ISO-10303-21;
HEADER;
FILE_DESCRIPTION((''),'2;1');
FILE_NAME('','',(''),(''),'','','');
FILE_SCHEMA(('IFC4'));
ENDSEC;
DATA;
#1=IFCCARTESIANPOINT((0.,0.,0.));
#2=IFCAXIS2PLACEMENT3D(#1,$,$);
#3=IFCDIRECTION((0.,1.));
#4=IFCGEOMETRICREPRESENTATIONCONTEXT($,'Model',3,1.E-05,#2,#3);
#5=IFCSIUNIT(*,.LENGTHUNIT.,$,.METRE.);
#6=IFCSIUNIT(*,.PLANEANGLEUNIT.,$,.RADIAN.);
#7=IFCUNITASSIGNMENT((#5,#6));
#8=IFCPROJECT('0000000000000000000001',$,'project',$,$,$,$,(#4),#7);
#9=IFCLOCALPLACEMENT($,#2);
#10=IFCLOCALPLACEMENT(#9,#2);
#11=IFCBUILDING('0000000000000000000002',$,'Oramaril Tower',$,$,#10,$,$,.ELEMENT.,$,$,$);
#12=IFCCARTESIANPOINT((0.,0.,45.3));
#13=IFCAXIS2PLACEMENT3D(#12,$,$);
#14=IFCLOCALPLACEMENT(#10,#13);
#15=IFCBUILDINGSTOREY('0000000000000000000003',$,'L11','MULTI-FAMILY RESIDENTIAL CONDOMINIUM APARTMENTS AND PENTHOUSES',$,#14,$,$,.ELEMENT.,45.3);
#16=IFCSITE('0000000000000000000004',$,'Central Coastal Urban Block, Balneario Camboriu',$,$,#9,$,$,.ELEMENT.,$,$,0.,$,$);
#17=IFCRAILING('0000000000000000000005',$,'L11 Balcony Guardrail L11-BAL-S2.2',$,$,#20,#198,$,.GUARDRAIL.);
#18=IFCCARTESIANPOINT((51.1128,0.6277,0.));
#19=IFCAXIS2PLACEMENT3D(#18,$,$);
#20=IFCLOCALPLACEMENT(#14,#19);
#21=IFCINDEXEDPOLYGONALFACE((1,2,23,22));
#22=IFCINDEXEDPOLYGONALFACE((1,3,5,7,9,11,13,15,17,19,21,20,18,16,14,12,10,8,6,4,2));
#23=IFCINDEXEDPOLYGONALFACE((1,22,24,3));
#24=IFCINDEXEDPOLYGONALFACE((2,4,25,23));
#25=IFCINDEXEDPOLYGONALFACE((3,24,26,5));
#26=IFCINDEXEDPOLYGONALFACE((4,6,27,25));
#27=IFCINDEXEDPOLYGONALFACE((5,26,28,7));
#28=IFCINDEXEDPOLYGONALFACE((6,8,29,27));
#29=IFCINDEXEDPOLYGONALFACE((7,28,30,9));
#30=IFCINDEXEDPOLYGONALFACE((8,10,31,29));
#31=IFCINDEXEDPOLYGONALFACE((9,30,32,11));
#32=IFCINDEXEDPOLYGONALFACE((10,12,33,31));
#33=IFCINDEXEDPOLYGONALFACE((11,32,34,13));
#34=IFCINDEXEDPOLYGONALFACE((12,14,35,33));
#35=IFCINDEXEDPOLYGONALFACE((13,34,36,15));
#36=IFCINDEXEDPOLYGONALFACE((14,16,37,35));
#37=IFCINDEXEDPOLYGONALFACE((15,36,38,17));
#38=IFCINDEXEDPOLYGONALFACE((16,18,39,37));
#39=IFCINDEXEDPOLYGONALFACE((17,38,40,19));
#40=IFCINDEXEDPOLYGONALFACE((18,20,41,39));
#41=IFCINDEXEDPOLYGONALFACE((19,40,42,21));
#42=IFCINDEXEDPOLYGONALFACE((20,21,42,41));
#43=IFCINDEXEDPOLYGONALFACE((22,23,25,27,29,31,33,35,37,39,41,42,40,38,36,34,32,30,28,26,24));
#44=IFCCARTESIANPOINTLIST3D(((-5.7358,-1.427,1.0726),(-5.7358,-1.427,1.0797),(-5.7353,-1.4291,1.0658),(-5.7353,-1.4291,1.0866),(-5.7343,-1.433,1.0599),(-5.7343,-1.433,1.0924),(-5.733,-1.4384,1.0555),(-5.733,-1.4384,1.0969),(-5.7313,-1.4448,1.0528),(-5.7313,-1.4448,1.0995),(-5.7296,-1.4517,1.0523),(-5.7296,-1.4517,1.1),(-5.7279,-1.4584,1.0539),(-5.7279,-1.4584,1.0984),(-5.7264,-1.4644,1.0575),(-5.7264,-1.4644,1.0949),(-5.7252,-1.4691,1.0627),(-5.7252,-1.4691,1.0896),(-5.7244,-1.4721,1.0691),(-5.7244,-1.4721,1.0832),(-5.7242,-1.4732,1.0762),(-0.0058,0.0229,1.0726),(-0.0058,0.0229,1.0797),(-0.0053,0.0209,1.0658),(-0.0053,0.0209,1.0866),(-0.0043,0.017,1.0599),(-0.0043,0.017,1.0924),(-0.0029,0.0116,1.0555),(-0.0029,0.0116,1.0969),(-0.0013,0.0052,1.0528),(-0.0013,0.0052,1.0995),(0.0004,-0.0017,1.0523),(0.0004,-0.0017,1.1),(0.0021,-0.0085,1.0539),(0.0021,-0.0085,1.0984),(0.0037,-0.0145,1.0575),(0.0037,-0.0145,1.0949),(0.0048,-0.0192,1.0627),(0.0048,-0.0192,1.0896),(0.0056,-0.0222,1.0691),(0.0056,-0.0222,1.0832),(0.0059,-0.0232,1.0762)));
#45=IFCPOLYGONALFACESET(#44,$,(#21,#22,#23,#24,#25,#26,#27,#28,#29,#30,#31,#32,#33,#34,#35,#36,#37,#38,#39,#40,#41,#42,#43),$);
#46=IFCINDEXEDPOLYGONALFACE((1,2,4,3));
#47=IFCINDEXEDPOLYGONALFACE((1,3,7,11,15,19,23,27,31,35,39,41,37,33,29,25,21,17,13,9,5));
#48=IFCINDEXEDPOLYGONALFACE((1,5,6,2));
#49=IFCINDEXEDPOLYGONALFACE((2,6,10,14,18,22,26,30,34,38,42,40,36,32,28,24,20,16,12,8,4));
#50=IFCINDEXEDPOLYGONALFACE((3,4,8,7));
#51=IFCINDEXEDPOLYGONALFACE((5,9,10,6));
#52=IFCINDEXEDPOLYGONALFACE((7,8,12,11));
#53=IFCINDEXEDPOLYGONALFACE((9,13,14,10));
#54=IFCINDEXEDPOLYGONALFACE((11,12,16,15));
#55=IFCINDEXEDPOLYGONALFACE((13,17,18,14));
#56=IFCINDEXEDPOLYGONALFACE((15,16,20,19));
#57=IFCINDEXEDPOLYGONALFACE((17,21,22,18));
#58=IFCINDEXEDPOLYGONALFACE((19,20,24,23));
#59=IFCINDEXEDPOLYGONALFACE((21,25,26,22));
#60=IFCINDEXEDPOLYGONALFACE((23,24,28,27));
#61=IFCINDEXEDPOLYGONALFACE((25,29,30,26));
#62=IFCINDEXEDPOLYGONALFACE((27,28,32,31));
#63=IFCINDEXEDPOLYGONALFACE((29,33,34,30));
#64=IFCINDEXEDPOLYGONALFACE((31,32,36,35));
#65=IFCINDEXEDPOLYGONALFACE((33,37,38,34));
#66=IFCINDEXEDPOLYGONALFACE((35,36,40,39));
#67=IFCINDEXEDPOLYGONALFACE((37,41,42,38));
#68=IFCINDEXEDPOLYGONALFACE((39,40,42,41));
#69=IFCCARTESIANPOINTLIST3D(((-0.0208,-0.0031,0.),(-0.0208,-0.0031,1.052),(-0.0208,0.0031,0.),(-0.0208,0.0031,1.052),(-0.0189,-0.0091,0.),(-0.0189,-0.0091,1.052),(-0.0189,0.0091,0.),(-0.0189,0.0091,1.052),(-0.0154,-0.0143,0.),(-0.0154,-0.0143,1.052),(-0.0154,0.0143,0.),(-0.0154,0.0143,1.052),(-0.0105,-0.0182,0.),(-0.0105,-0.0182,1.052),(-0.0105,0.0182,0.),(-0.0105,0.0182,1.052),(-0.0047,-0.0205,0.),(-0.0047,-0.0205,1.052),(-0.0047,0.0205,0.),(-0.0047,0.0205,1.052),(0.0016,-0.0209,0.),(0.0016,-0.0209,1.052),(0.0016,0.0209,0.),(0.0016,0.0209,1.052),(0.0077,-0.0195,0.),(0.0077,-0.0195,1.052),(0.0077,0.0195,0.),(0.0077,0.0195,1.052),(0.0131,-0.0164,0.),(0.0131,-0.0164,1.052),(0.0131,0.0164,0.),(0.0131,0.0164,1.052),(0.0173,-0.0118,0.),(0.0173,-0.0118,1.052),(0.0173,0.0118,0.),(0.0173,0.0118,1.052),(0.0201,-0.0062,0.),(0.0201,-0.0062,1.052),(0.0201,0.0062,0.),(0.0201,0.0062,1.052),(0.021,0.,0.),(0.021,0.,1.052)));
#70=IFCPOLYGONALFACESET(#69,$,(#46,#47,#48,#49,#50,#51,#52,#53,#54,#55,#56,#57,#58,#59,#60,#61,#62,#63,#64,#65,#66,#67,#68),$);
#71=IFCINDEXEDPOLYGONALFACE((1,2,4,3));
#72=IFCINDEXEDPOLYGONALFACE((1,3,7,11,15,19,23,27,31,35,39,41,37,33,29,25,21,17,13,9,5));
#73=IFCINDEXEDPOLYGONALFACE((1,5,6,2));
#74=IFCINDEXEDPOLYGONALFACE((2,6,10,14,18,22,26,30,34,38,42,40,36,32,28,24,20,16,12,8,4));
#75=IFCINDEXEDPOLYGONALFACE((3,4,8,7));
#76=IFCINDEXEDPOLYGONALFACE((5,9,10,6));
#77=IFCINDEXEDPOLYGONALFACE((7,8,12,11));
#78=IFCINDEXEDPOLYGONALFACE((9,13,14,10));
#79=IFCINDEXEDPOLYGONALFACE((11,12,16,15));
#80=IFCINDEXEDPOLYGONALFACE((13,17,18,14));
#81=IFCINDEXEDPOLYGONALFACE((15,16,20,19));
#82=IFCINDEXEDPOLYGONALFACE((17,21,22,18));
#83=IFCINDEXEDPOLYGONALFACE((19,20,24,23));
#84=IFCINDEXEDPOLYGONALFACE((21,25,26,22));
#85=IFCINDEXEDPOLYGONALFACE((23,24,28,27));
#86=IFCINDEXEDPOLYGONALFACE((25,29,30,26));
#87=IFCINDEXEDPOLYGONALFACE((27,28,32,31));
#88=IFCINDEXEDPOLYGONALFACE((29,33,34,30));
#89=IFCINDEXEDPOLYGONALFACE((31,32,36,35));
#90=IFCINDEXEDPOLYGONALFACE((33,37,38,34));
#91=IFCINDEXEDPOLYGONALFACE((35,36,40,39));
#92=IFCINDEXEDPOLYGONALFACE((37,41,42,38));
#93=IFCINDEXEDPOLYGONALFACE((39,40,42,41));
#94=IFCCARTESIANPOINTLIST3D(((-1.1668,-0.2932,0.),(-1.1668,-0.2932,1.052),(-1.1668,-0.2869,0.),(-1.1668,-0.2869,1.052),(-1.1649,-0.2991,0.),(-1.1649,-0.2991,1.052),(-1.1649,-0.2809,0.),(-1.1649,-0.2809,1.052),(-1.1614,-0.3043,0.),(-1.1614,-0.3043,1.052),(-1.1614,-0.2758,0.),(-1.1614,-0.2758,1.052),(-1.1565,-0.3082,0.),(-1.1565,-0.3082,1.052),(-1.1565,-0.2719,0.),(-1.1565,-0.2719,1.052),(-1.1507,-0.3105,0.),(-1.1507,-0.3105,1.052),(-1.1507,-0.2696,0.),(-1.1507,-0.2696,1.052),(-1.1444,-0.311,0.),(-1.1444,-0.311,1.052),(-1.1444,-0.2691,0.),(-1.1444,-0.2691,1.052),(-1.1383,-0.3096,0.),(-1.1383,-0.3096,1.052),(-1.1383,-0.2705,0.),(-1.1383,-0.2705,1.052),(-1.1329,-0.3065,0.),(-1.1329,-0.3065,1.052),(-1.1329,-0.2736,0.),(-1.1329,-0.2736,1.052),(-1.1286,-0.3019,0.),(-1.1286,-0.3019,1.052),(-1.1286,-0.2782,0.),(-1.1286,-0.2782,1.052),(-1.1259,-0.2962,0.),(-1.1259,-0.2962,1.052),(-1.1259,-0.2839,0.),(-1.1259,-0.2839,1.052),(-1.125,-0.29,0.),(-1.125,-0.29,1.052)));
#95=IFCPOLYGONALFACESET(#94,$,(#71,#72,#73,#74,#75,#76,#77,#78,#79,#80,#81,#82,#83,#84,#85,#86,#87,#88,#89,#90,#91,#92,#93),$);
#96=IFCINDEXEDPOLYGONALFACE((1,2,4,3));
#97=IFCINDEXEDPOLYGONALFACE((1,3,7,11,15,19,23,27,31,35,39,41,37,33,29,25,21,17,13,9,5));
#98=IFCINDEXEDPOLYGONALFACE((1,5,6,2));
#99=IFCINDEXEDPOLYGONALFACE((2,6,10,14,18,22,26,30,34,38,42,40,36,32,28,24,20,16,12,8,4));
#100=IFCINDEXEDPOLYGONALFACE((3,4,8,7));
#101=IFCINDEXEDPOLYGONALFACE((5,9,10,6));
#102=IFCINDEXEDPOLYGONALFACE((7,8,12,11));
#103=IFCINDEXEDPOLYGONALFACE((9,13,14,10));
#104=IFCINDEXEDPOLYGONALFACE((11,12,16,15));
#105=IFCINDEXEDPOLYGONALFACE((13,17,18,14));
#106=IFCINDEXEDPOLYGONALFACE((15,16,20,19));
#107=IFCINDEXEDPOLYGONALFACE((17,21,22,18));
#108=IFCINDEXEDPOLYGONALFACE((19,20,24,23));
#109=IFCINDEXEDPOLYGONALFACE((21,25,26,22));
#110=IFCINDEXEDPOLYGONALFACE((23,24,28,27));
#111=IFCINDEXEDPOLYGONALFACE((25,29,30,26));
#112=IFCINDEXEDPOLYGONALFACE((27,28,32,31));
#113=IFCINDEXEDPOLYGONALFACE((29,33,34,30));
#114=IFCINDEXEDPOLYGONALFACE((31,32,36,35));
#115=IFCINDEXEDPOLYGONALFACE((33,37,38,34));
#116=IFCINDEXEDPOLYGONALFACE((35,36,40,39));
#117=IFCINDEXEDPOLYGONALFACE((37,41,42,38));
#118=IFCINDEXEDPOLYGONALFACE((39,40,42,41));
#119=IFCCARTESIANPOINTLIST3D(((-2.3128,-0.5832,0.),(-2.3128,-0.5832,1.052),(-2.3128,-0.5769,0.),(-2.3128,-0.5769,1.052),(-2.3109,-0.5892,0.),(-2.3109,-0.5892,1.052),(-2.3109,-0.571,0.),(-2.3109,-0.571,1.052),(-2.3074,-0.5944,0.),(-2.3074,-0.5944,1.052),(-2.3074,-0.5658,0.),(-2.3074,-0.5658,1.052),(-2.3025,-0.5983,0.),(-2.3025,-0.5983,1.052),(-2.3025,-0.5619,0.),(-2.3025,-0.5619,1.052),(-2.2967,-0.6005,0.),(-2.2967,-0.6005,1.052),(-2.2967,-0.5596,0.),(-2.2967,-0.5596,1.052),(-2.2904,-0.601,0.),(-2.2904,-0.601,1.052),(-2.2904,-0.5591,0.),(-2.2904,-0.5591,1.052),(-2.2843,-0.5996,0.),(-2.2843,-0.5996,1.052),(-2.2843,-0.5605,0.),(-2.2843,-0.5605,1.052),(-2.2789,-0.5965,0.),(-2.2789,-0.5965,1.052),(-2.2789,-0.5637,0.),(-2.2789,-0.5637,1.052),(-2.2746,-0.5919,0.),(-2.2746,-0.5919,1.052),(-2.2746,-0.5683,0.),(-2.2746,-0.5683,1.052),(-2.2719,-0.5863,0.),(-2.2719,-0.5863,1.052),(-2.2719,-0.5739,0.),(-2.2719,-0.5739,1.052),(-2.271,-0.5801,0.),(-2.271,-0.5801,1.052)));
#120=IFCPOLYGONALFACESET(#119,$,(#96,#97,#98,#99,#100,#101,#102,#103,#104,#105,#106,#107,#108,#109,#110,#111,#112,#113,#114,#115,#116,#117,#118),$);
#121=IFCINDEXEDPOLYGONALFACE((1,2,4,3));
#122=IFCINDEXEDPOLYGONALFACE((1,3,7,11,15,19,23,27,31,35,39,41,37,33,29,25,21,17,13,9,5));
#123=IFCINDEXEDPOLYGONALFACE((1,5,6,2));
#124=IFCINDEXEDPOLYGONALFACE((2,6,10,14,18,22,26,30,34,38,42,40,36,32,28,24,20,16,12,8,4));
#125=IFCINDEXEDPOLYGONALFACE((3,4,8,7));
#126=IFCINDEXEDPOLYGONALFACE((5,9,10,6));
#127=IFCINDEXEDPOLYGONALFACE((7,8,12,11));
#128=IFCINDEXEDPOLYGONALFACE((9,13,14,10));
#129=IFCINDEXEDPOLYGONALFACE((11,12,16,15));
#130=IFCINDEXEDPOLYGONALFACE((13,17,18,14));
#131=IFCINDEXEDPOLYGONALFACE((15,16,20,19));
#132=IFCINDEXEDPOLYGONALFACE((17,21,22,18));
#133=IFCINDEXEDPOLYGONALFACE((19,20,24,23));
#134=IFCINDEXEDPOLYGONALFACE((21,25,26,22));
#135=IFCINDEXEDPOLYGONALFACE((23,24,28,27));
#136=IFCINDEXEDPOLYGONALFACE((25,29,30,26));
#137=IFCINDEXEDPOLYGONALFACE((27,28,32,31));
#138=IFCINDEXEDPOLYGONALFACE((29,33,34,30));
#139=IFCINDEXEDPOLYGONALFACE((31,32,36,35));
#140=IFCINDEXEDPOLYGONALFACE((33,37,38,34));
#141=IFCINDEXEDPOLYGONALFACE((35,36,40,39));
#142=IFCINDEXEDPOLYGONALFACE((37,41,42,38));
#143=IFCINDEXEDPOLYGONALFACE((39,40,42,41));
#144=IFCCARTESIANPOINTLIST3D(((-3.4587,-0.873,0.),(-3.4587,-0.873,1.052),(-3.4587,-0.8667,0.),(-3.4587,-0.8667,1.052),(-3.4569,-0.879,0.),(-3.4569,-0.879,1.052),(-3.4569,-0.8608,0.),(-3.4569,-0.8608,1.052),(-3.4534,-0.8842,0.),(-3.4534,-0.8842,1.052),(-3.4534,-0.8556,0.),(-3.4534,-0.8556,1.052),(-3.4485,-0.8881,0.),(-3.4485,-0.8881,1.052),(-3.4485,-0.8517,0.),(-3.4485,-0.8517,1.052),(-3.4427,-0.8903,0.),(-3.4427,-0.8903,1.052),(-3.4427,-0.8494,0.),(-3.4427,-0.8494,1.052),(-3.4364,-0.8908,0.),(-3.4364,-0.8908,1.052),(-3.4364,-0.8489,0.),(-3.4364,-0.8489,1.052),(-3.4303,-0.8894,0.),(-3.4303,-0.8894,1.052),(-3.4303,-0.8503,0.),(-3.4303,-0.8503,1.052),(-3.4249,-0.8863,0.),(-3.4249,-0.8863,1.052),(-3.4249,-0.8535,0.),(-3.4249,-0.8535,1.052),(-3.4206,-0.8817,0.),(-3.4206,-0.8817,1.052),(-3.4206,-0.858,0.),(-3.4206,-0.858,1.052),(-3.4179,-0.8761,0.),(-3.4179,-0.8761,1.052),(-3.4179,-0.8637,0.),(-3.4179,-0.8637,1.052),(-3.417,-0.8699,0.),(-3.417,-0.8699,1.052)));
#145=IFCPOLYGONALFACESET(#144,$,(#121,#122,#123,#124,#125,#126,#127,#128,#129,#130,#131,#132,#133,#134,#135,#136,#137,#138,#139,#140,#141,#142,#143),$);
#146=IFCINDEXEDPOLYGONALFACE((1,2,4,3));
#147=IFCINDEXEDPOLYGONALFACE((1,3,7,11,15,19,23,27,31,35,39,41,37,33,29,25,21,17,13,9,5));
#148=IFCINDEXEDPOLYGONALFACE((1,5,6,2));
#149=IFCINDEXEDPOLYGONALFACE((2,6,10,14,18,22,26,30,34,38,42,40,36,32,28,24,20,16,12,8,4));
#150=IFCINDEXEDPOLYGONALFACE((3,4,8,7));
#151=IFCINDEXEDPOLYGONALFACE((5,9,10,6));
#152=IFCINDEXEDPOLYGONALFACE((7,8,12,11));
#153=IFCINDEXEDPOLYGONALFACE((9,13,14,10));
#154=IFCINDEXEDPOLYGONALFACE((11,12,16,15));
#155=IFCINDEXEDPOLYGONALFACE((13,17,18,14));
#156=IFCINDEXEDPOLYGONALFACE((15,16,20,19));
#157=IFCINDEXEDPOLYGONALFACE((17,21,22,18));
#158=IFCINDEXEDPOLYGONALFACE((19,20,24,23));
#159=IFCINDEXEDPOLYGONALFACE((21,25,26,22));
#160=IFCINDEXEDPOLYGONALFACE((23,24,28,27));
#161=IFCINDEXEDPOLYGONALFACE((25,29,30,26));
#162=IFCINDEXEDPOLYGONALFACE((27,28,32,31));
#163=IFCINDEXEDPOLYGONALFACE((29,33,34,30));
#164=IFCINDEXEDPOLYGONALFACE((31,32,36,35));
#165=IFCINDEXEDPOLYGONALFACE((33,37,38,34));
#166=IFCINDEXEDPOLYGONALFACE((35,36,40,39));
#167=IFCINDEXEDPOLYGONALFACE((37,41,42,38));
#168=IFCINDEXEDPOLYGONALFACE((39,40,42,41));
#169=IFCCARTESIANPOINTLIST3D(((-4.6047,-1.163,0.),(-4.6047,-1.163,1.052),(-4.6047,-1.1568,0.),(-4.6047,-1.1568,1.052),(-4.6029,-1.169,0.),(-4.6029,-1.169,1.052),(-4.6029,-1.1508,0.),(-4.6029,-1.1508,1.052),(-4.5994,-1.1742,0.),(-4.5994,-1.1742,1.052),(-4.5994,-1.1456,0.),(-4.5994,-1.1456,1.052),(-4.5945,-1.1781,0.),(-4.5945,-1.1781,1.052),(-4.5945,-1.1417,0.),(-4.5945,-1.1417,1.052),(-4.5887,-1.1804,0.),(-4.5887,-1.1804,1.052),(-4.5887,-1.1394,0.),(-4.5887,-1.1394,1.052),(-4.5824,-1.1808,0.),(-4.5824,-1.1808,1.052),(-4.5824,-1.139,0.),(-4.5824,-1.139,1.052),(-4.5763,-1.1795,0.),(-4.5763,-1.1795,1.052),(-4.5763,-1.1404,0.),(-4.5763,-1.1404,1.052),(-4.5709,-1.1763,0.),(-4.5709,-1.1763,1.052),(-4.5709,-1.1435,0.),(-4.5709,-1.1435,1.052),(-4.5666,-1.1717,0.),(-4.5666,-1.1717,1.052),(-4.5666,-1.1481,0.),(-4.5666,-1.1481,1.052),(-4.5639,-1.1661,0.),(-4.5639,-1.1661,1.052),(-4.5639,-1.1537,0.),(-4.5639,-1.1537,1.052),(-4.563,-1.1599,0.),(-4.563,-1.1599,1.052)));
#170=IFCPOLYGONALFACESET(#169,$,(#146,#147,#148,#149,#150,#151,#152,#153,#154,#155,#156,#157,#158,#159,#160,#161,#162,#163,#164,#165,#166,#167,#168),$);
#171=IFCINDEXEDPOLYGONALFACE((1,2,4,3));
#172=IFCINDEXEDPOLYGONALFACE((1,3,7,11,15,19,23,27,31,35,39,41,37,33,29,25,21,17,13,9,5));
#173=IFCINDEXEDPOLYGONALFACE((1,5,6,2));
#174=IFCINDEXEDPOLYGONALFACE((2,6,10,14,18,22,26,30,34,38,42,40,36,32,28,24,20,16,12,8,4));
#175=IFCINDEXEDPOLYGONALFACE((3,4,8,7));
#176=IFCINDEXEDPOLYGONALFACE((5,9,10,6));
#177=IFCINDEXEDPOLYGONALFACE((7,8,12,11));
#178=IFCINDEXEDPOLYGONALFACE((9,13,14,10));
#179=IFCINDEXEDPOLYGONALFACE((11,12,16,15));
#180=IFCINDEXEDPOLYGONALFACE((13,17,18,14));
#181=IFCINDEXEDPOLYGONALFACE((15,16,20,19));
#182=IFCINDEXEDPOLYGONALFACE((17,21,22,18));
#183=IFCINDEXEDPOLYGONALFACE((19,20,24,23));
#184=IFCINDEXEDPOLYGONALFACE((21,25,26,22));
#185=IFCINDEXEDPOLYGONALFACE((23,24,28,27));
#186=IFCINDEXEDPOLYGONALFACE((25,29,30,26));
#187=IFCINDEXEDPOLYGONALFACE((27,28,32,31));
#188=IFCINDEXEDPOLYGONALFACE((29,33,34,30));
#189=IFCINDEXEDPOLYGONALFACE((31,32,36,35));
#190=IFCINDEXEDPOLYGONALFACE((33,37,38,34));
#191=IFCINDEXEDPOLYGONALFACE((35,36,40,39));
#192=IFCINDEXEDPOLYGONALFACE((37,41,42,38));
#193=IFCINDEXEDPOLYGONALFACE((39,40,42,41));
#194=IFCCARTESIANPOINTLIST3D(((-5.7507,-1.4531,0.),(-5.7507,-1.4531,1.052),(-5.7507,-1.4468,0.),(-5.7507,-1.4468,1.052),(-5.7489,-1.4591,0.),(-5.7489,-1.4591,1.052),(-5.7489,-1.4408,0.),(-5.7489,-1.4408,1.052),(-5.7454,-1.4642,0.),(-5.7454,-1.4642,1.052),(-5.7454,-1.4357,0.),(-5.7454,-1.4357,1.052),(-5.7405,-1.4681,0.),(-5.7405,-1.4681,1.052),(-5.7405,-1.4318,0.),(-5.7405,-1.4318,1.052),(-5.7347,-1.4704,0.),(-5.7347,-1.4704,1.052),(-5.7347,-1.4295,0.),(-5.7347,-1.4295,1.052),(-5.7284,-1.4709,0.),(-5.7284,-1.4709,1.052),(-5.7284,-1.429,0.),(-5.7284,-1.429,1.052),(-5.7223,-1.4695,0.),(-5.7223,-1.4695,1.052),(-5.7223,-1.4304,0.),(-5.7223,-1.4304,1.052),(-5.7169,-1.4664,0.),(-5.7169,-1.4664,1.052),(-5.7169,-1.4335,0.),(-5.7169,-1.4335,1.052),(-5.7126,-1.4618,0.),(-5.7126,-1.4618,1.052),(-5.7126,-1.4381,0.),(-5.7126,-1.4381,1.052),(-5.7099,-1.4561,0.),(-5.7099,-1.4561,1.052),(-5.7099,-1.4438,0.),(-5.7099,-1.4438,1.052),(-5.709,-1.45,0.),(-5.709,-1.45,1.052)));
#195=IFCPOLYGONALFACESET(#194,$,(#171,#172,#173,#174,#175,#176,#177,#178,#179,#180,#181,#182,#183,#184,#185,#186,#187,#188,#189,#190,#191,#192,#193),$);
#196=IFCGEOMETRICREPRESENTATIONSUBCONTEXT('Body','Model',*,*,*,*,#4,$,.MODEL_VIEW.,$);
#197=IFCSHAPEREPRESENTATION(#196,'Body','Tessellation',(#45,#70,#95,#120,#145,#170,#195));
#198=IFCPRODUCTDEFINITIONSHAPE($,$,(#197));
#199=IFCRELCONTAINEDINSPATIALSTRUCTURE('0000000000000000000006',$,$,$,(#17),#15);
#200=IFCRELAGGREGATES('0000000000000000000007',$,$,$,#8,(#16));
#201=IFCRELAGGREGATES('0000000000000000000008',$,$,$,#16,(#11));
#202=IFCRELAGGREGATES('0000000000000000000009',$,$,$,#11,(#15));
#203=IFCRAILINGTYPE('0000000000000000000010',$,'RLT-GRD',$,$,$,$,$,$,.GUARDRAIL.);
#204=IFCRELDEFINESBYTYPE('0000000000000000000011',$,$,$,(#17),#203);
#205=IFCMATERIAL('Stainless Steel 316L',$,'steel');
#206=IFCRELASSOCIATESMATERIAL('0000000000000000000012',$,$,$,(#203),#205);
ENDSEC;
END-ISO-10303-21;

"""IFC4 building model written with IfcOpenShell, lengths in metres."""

from ifc_helpers import new_model, si_unit, direction, frame, origin, origin_2d, place, context, subcontext, project, spatial, circle, extrude, material, type_object, element, save


model = new_model("IFC4")

# Units and contexts
model_context = context("Model", 3, precision=1e-05, world=origin(), true_north=direction((0.0, 1.0)))
body_context = subcontext(model_context, "Body", "Model", "MODEL_VIEW")
ifc_project = project(units=[si_unit("LENGTHUNIT", "METRE"), si_unit("PLANEANGLEUNIT", "RADIAN")], contexts=[model_context])

# Site, building, storey
site_placement = place(None, origin())
site = spatial("IfcSite", under=ifc_project, at=site_placement, Name="Central Coastal Urban Block, Balneario Camboriu", CompositionType="ELEMENT", RefElevation=0.0)
building_placement = place(site_placement, origin())
building = spatial("IfcBuilding", under=site, at=building_placement, Name="Oramaril Tower", CompositionType="ELEMENT")
storey_placement = place(building_placement, frame((0.0, 0.0, 45.3)))
storey = spatial("IfcBuildingStorey", under=building, at=storey_placement, Name="L11", Description="MULTI-FAMILY RESIDENTIAL CONDOMINIUM APARTMENTS AND PENTHOUSES", CompositionType="ELEMENT", Elevation=45.3)

# Railing
ifc_material_1 = material(Name="Stainless Steel 316L", Category="steel")
railing_type = type_object("IfcRailingType", Name="RLT-GRD", PredefinedType="GUARDRAIL", material=ifc_material_1)
railing_1_placement = place(storey_placement, frame((51.1128, 0.6277, 0.0)))
element("IfcRailing", 1, at=railing_1_placement, inside=storey, type_object=railing_type, Name="L11 Balcony Guardrail L11-BAL-S2.2", PredefinedType="GUARDRAIL", context=body_context, shape_type="SweptSolid", body=[
    extrude(circle(Radius=0.0239, at=origin_2d()), frame((0.0, 0.0, 1.0762), z_axis=(-0.969444, -0.245314, 0.0), x_axis=(0.245314, -0.969444, 0.0)), (0.0, 0.0, 1.0), 5.9106),
    extrude(circle(Radius=0.021, at=origin_2d()), origin(), (0.0, 0.0, 1.0), 1.052),
    extrude(circle(Radius=0.021, at=origin_2d()), frame((-1.146, -0.29, 0.0)), (0.0, 0.0, 1.0), 1.052),
    extrude(circle(Radius=0.021, at=origin_2d()), frame((-2.292, -0.5801, 0.0)), (0.0, 0.0, 1.0), 1.052),
    extrude(circle(Radius=0.021, at=origin_2d()), frame((-3.438, -0.8699, 0.0)), (0.0, 0.0, 1.0), 1.052),
    extrude(circle(Radius=0.021, at=origin_2d()), frame((-4.584, -1.1599, 0.0)), (0.0, 0.0, 1.0), 1.052),
    extrude(circle(Radius=0.021, at=origin_2d()), frame((-5.73, -1.45, 0.0)), (0.0, 0.0, 1.0), 1.052),
])

save(model, "model.ifc")
